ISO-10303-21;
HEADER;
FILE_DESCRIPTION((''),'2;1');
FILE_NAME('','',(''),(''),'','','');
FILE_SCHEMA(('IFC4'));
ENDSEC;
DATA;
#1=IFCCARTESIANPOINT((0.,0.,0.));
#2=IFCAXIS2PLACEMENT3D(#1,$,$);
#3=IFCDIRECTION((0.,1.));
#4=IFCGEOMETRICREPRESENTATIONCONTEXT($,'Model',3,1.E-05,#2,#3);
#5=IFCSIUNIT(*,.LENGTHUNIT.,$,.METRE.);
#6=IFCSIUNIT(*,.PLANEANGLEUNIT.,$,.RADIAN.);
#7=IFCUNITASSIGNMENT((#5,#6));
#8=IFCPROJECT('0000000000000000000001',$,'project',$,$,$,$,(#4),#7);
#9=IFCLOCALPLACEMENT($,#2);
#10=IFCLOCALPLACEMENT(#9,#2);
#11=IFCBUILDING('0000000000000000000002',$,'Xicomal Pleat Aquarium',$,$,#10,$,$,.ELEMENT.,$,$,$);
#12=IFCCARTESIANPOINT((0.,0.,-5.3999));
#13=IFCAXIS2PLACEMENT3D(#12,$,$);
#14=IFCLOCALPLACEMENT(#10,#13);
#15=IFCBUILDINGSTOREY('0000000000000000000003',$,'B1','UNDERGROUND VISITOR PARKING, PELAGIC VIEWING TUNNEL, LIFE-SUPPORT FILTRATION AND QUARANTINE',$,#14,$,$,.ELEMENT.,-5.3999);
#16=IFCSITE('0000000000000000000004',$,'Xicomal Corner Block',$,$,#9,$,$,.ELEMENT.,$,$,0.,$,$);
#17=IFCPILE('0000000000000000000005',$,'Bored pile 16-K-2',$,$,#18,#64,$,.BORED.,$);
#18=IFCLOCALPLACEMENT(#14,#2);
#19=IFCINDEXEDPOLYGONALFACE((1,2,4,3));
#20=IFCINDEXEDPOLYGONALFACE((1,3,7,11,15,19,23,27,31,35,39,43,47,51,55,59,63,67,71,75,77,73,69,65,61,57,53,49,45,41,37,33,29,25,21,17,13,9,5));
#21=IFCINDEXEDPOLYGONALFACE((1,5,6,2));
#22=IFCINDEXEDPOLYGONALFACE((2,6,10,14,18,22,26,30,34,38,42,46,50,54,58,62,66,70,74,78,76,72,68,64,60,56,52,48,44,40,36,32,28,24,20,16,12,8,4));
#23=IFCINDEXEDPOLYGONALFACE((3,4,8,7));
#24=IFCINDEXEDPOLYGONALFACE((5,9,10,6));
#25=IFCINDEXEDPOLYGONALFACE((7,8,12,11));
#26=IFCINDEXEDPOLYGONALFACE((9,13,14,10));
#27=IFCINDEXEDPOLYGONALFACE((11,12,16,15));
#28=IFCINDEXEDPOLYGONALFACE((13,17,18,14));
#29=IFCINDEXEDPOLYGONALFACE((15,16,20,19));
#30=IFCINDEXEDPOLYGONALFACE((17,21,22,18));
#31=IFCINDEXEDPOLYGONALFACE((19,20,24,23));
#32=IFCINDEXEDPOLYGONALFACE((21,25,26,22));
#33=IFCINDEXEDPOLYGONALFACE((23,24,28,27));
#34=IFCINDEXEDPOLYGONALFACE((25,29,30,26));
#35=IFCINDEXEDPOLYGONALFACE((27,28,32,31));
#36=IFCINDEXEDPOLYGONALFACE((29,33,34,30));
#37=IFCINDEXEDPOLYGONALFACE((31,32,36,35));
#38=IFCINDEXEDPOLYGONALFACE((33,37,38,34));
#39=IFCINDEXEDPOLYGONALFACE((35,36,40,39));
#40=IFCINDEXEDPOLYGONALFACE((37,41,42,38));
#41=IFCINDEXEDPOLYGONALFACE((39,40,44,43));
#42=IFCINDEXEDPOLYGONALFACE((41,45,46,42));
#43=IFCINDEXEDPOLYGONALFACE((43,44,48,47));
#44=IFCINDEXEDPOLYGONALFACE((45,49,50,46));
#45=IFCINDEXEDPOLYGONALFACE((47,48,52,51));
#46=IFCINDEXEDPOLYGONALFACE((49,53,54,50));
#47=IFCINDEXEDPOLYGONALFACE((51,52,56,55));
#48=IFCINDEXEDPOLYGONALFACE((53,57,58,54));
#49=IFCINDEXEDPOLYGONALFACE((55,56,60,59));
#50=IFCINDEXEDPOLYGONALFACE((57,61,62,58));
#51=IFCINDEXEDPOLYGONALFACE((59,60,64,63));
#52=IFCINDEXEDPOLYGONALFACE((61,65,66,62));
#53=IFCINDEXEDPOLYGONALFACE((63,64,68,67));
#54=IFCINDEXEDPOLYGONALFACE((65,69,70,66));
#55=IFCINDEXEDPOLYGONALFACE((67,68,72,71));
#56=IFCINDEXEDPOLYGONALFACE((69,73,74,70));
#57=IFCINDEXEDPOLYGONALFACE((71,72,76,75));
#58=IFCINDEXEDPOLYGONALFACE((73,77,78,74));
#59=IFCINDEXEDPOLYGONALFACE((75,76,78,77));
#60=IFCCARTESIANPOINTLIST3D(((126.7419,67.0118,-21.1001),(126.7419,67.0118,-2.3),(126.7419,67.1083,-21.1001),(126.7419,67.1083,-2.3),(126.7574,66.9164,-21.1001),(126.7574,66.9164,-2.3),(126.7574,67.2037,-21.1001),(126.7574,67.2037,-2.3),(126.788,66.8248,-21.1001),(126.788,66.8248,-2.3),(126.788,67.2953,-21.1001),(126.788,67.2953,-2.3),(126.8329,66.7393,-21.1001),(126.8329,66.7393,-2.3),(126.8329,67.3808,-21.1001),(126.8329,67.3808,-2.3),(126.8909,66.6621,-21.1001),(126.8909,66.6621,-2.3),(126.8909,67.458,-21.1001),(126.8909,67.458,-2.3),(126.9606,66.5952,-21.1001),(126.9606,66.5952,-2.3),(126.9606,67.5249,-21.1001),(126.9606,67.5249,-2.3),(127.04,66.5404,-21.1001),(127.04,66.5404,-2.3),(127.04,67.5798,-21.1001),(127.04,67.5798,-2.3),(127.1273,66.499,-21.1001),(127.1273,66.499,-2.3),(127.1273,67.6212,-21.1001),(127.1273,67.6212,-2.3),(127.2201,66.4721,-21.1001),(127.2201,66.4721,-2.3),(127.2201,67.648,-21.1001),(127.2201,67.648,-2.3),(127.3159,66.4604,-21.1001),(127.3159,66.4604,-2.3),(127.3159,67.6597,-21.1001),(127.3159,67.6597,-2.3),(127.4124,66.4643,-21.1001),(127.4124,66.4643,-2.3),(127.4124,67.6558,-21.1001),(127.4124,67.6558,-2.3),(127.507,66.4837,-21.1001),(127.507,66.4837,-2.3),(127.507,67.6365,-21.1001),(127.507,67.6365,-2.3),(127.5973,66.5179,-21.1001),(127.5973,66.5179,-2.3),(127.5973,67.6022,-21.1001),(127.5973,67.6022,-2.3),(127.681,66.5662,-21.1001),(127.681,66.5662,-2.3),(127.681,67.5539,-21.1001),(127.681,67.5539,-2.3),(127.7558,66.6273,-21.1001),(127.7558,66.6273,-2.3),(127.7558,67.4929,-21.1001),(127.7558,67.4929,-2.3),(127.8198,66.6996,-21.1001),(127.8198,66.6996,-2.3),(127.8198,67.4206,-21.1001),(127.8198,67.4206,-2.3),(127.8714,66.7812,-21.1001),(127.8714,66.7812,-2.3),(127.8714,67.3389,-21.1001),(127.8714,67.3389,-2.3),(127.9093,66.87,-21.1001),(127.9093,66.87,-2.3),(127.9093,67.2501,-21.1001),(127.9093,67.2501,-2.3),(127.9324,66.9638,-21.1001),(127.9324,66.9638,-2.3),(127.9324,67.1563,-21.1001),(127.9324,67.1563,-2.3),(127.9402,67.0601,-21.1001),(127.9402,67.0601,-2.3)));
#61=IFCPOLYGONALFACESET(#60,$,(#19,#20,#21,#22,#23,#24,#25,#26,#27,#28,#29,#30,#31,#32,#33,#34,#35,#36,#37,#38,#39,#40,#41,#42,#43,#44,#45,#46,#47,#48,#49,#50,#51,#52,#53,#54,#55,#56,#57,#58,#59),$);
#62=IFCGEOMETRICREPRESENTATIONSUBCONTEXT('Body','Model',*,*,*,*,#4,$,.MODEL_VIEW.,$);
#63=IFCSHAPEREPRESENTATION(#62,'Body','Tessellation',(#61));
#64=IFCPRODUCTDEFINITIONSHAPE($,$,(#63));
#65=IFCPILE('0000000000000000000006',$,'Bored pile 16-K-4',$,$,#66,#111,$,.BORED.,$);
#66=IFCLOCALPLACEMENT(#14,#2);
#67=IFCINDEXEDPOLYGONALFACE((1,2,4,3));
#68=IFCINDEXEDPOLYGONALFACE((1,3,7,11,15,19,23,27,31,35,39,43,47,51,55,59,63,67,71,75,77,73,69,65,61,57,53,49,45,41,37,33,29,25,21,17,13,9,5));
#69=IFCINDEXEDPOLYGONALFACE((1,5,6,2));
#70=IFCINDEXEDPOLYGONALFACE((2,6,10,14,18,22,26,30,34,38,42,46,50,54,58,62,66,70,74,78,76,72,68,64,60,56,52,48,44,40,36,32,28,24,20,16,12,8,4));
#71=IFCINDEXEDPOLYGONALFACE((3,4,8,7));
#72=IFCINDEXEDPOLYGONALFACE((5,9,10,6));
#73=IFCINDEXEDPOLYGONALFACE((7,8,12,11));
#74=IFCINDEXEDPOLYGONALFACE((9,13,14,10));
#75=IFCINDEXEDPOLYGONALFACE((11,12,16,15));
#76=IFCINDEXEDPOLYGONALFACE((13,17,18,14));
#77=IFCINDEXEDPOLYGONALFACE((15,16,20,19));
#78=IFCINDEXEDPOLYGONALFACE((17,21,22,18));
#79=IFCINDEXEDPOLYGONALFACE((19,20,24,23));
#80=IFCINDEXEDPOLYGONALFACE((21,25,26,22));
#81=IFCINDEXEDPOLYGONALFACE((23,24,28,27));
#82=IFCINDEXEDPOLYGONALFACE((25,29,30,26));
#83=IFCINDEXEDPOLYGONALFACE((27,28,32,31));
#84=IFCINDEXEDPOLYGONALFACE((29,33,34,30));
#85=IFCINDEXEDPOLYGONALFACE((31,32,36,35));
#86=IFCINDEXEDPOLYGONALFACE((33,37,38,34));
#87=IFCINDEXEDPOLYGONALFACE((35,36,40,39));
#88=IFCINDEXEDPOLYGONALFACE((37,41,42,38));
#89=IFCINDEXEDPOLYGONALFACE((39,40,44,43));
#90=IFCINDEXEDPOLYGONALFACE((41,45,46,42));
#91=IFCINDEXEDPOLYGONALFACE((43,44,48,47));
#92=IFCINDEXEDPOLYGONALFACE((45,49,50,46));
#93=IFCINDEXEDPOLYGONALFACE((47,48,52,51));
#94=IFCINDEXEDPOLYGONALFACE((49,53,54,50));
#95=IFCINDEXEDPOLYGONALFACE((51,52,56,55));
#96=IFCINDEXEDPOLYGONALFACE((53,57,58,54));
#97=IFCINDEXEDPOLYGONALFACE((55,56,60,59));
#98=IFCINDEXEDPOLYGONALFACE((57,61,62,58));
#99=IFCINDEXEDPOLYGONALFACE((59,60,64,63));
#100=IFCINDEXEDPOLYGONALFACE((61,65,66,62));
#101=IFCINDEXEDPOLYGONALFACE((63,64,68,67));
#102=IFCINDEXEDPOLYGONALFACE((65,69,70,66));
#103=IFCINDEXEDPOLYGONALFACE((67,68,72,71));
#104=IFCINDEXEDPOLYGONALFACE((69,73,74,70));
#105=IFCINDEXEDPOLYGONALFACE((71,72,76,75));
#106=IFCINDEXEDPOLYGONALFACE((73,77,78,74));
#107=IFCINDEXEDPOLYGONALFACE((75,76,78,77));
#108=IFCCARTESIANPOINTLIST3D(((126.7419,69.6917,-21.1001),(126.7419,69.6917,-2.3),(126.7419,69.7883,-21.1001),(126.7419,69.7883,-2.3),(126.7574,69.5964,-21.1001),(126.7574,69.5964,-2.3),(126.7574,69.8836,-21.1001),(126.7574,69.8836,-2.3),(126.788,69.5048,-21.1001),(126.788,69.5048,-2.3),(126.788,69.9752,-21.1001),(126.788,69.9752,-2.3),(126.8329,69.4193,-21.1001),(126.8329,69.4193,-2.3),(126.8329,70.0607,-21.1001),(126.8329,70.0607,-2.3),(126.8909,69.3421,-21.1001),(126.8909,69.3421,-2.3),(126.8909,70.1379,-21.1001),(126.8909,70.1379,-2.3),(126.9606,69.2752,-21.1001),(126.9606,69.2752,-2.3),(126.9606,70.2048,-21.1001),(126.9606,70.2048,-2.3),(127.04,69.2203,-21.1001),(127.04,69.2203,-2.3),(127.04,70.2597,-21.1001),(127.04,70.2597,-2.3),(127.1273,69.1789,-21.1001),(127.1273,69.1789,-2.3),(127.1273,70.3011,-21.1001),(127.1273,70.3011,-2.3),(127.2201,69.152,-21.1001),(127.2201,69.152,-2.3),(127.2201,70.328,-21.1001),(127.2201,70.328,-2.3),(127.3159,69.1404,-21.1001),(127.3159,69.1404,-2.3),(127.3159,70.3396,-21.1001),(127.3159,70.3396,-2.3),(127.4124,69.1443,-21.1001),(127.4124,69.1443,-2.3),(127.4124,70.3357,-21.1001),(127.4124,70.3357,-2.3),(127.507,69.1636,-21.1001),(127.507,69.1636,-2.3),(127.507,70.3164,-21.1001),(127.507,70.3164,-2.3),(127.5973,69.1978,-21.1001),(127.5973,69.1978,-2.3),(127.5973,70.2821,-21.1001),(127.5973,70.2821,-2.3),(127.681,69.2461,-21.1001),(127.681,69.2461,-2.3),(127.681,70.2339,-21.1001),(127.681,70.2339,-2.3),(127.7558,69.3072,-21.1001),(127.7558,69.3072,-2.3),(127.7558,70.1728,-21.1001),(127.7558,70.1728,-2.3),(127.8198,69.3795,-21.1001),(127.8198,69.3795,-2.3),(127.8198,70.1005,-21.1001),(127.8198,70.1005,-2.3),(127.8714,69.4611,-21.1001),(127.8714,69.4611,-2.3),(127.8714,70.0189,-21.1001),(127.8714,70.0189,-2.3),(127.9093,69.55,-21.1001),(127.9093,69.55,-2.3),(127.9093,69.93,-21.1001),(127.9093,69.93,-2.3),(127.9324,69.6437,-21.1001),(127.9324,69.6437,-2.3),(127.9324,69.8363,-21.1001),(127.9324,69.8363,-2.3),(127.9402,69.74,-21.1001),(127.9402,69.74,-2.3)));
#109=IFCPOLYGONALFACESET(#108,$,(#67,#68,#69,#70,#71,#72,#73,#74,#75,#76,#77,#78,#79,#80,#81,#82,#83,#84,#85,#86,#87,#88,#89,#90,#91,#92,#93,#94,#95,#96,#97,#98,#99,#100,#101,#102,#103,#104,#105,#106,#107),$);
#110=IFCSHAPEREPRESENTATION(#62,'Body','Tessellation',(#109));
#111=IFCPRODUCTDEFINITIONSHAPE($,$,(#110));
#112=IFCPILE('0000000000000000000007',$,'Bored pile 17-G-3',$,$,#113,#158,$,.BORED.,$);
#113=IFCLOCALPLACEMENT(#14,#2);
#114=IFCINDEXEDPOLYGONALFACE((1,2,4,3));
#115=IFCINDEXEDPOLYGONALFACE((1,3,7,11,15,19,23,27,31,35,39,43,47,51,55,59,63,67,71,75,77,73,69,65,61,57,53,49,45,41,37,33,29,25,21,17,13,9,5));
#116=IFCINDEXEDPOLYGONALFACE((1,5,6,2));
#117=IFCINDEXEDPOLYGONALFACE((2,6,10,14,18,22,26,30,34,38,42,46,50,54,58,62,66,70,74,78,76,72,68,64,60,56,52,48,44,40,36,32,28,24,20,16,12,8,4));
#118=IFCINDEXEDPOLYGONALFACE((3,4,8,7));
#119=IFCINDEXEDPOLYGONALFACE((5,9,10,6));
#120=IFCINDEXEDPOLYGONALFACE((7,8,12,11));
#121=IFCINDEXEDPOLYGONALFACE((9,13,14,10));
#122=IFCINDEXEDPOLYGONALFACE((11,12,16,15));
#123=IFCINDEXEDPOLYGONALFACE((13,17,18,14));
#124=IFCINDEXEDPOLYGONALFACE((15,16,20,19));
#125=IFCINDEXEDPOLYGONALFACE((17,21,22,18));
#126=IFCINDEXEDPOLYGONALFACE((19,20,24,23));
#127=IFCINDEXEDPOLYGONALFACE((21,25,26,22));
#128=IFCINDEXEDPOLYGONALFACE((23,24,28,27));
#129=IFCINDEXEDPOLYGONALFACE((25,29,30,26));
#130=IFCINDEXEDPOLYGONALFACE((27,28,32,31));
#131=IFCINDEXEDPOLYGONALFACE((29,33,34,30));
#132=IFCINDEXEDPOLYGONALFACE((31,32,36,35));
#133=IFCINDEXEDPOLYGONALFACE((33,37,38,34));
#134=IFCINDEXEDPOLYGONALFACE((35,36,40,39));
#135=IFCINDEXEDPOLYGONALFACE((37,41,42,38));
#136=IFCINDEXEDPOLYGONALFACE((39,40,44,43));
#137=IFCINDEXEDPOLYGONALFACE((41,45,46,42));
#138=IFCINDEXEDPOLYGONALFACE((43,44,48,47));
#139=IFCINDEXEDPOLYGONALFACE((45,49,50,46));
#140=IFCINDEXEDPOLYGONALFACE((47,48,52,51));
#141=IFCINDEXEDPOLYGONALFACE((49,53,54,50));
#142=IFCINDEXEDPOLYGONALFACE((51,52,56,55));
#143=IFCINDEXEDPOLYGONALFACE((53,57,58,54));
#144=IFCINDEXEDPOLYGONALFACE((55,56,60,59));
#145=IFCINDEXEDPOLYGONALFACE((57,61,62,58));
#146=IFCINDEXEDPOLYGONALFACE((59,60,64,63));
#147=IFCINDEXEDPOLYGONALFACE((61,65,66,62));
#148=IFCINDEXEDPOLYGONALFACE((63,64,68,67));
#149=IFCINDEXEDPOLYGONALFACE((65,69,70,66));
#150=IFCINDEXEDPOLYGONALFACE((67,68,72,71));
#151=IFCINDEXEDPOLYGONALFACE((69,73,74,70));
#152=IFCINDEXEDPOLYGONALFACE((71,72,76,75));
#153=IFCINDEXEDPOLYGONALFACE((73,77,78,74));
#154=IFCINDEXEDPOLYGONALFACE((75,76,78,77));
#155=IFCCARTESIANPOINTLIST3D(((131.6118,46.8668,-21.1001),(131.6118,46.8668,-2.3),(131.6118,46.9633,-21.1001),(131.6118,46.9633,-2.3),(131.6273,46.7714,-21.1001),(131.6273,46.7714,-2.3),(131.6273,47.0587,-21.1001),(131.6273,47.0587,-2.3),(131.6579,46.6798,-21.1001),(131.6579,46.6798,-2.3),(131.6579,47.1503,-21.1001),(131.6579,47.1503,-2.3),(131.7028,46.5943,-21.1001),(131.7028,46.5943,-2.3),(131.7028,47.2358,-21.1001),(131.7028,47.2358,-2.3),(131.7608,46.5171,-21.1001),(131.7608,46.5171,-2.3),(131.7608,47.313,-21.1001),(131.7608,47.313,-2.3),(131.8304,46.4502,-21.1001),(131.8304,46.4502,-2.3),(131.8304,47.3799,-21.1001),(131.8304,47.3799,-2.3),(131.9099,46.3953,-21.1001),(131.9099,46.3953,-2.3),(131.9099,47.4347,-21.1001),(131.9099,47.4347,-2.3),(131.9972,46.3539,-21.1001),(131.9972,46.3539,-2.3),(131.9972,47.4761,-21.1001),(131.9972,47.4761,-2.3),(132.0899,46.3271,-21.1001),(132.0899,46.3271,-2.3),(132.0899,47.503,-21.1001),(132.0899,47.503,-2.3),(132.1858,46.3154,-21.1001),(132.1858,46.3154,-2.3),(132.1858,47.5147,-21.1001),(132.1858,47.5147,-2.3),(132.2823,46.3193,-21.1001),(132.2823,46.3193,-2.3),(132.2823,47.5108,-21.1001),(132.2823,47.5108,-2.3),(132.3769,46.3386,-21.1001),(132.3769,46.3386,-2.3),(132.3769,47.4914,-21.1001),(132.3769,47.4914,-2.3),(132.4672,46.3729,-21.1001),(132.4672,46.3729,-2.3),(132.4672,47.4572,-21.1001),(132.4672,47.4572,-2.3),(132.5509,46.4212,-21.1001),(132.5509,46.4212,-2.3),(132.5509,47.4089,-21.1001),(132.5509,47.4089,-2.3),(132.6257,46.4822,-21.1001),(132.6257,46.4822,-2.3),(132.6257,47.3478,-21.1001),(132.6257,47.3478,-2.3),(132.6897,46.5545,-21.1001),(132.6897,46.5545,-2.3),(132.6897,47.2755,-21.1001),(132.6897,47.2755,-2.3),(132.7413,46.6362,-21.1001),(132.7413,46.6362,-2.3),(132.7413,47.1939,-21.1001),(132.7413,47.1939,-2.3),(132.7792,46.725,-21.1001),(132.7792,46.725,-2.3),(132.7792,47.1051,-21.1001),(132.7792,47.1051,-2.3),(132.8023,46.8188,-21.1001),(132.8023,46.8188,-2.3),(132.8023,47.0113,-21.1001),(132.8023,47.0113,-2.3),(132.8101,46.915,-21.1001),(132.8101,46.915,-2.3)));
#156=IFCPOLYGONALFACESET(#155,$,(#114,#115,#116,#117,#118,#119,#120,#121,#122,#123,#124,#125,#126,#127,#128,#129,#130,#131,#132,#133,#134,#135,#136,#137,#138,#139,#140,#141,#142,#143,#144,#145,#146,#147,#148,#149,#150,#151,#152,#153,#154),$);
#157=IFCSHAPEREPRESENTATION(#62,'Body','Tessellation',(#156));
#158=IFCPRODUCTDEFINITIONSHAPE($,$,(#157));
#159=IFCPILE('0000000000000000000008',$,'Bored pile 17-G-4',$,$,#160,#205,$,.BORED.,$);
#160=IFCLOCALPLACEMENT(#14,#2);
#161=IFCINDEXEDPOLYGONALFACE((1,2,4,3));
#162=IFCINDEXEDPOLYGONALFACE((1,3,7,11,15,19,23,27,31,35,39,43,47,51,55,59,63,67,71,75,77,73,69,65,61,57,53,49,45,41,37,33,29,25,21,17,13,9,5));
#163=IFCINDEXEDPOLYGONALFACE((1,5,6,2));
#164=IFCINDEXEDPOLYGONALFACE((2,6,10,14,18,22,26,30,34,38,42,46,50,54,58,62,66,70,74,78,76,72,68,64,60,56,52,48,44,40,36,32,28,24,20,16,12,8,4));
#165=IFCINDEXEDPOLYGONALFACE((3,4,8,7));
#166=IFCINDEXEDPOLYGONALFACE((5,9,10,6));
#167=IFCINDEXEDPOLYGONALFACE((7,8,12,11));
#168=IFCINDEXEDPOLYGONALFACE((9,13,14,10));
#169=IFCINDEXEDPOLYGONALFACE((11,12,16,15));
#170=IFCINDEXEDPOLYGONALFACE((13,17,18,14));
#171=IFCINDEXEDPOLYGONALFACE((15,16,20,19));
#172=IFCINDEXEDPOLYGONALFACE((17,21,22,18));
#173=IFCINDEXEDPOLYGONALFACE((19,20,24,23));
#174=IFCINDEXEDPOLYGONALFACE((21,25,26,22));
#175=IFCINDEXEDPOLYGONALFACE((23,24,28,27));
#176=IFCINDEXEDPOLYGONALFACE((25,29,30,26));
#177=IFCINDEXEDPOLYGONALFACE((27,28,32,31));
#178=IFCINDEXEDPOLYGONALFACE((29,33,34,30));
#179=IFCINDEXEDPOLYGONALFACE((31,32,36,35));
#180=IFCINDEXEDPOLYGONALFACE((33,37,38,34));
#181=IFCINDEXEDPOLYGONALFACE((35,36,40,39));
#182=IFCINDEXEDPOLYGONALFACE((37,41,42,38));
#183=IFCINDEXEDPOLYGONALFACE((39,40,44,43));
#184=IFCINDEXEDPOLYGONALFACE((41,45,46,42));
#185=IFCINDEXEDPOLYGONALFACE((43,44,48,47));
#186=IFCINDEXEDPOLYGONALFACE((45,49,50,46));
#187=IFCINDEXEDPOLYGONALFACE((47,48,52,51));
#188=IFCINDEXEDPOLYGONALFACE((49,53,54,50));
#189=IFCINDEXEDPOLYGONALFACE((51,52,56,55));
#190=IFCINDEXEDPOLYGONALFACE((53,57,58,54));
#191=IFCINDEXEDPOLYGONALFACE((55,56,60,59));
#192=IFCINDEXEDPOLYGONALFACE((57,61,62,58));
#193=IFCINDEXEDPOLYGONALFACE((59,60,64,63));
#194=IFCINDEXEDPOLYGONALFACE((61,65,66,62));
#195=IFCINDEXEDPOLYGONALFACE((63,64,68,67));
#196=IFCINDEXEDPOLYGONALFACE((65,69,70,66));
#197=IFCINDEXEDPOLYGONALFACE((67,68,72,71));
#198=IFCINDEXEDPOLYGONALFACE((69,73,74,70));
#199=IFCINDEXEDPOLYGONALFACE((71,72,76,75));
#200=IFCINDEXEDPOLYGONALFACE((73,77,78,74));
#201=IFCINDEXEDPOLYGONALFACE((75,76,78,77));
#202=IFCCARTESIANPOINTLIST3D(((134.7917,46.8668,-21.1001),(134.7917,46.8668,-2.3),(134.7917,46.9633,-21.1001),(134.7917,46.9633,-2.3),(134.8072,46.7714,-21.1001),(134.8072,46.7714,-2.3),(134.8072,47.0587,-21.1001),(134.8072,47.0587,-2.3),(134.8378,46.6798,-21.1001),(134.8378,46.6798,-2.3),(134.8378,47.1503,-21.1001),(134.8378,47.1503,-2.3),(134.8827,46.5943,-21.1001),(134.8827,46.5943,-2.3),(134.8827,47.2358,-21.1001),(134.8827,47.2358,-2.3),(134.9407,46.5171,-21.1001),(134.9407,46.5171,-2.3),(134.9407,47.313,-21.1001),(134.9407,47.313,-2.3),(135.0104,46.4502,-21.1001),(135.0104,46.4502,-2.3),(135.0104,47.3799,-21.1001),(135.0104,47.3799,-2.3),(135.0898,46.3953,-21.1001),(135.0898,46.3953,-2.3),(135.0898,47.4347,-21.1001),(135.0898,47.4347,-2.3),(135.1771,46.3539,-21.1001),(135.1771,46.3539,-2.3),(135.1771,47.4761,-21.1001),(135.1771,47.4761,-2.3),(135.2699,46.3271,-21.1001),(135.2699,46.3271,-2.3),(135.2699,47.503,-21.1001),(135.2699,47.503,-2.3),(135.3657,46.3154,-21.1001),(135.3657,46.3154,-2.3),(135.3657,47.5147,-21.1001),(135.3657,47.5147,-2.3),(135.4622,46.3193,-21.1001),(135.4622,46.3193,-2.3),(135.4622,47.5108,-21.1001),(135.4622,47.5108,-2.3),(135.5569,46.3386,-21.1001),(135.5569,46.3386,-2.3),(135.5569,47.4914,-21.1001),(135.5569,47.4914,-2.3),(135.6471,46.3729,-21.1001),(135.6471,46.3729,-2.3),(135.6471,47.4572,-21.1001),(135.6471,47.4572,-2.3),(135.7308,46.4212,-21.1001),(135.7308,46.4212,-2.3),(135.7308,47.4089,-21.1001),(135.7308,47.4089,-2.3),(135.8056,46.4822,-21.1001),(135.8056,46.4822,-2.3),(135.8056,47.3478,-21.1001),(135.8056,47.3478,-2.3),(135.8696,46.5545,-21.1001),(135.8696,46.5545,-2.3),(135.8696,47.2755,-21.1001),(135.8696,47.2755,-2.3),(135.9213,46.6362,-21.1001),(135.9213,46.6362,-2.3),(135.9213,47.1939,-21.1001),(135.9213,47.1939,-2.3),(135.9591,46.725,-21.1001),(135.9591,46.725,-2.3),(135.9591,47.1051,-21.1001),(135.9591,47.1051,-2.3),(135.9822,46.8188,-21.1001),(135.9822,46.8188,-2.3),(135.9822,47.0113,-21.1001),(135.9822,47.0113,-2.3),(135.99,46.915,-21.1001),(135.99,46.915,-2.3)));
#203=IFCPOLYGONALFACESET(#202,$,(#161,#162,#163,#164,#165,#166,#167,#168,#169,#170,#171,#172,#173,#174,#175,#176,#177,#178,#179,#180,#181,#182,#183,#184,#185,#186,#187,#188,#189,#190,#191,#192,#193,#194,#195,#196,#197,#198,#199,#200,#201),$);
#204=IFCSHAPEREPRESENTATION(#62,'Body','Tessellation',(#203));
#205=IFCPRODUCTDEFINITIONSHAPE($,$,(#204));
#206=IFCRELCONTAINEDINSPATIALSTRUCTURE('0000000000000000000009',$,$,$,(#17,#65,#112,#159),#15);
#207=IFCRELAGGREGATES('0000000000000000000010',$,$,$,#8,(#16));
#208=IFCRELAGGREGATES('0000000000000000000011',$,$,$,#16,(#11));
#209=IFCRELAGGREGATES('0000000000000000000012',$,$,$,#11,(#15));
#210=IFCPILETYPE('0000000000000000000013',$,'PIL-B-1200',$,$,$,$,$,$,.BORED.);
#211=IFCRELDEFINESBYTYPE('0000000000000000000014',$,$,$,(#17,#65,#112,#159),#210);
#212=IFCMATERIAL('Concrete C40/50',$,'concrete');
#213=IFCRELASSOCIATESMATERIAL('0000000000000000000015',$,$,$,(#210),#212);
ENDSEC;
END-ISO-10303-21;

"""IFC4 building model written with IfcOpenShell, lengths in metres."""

from ifc_helpers import new_model, si_unit, direction, frame, origin, origin_2d, place, context, subcontext, project, spatial, circle, extrude, material, material_profile, profile_set, type_object, element, save


model = new_model("IFC4")

# Units and contexts
model_context = context("Model", 3, precision=1e-05, world=origin(), true_north=direction((0.0, 1.0)))
body_context = subcontext(model_context, "Body", "Model", "MODEL_VIEW")
ifc_project = project(units=[si_unit("LENGTHUNIT", "METRE"), si_unit("PLANEANGLEUNIT", "RADIAN")], contexts=[model_context])

# Site, building, storey
site_placement = place(None, origin())
site = spatial("IfcSite", under=ifc_project, at=site_placement, Name="Xicomal Corner Block", CompositionType="ELEMENT", RefElevation=0.0)
building_placement = place(site_placement, origin())
building = spatial("IfcBuilding", under=site, at=building_placement, Name="Xicomal Pleat Aquarium", CompositionType="ELEMENT")
storey_placement = place(building_placement, frame((0.0, 0.0, -5.3999)))
storey = spatial("IfcBuildingStorey", under=building, at=storey_placement, Name="B1", Description="UNDERGROUND VISITOR PARKING, PELAGIC VIEWING TUNNEL, LIFE-SUPPORT FILTRATION AND QUARANTINE", CompositionType="ELEMENT", Elevation=-5.3999)

# Piles
ifc_material_1 = material(Name="Concrete C40/50", Category="concrete")
ifc_material_profile_1 = material_profile(ifc_material_1, circle(Radius=0.6001, at=origin_2d()), Name="BORED PILE D1200")
ifc_profile_set_1 = profile_set([ifc_material_profile_1], Name="Concrete C40/50")
pile_type_1 = type_object("IfcPileType", Name="PIL-B-1200", PredefinedType="BORED", material=ifc_profile_set_1)
for number, where, z_axis, x_axis, name in (
    (1, (127.3401, 67.0601, -2.3), (0.0, 0.0, -1.0), (1.0, 0.0, 0.0), "Bored pile 16-K-2"),
    (2, (127.3401, 69.74, -2.3), (0.0, 0.0, -1.0), (1.0, 0.0, 0.0), "Bored pile 16-K-4"),
    (3, (132.21, 46.915, -2.3), (0.0, 0.0, -1.0), (1.0, 0.0, 0.0), "Bored pile 17-G-3"),
    (4, (135.3899, 46.915, -2.3), (0.0, 0.0, -1.0), (1.0, 0.0, 0.0), "Bored pile 17-G-4"),
):
    element("IfcPile", number, at=place(storey_placement, frame(where, z_axis=z_axis, x_axis=x_axis)), inside=storey, type_object=pile_type_1, Name=name, PredefinedType="BORED", context=body_context, shape_type="SweptSolid", body=[
        extrude(circle(Radius=0.6001, at=origin_2d()), origin(), (0.0, 0.0, 1.0), 18.8),
    ])

save(model, "model.ifc")
